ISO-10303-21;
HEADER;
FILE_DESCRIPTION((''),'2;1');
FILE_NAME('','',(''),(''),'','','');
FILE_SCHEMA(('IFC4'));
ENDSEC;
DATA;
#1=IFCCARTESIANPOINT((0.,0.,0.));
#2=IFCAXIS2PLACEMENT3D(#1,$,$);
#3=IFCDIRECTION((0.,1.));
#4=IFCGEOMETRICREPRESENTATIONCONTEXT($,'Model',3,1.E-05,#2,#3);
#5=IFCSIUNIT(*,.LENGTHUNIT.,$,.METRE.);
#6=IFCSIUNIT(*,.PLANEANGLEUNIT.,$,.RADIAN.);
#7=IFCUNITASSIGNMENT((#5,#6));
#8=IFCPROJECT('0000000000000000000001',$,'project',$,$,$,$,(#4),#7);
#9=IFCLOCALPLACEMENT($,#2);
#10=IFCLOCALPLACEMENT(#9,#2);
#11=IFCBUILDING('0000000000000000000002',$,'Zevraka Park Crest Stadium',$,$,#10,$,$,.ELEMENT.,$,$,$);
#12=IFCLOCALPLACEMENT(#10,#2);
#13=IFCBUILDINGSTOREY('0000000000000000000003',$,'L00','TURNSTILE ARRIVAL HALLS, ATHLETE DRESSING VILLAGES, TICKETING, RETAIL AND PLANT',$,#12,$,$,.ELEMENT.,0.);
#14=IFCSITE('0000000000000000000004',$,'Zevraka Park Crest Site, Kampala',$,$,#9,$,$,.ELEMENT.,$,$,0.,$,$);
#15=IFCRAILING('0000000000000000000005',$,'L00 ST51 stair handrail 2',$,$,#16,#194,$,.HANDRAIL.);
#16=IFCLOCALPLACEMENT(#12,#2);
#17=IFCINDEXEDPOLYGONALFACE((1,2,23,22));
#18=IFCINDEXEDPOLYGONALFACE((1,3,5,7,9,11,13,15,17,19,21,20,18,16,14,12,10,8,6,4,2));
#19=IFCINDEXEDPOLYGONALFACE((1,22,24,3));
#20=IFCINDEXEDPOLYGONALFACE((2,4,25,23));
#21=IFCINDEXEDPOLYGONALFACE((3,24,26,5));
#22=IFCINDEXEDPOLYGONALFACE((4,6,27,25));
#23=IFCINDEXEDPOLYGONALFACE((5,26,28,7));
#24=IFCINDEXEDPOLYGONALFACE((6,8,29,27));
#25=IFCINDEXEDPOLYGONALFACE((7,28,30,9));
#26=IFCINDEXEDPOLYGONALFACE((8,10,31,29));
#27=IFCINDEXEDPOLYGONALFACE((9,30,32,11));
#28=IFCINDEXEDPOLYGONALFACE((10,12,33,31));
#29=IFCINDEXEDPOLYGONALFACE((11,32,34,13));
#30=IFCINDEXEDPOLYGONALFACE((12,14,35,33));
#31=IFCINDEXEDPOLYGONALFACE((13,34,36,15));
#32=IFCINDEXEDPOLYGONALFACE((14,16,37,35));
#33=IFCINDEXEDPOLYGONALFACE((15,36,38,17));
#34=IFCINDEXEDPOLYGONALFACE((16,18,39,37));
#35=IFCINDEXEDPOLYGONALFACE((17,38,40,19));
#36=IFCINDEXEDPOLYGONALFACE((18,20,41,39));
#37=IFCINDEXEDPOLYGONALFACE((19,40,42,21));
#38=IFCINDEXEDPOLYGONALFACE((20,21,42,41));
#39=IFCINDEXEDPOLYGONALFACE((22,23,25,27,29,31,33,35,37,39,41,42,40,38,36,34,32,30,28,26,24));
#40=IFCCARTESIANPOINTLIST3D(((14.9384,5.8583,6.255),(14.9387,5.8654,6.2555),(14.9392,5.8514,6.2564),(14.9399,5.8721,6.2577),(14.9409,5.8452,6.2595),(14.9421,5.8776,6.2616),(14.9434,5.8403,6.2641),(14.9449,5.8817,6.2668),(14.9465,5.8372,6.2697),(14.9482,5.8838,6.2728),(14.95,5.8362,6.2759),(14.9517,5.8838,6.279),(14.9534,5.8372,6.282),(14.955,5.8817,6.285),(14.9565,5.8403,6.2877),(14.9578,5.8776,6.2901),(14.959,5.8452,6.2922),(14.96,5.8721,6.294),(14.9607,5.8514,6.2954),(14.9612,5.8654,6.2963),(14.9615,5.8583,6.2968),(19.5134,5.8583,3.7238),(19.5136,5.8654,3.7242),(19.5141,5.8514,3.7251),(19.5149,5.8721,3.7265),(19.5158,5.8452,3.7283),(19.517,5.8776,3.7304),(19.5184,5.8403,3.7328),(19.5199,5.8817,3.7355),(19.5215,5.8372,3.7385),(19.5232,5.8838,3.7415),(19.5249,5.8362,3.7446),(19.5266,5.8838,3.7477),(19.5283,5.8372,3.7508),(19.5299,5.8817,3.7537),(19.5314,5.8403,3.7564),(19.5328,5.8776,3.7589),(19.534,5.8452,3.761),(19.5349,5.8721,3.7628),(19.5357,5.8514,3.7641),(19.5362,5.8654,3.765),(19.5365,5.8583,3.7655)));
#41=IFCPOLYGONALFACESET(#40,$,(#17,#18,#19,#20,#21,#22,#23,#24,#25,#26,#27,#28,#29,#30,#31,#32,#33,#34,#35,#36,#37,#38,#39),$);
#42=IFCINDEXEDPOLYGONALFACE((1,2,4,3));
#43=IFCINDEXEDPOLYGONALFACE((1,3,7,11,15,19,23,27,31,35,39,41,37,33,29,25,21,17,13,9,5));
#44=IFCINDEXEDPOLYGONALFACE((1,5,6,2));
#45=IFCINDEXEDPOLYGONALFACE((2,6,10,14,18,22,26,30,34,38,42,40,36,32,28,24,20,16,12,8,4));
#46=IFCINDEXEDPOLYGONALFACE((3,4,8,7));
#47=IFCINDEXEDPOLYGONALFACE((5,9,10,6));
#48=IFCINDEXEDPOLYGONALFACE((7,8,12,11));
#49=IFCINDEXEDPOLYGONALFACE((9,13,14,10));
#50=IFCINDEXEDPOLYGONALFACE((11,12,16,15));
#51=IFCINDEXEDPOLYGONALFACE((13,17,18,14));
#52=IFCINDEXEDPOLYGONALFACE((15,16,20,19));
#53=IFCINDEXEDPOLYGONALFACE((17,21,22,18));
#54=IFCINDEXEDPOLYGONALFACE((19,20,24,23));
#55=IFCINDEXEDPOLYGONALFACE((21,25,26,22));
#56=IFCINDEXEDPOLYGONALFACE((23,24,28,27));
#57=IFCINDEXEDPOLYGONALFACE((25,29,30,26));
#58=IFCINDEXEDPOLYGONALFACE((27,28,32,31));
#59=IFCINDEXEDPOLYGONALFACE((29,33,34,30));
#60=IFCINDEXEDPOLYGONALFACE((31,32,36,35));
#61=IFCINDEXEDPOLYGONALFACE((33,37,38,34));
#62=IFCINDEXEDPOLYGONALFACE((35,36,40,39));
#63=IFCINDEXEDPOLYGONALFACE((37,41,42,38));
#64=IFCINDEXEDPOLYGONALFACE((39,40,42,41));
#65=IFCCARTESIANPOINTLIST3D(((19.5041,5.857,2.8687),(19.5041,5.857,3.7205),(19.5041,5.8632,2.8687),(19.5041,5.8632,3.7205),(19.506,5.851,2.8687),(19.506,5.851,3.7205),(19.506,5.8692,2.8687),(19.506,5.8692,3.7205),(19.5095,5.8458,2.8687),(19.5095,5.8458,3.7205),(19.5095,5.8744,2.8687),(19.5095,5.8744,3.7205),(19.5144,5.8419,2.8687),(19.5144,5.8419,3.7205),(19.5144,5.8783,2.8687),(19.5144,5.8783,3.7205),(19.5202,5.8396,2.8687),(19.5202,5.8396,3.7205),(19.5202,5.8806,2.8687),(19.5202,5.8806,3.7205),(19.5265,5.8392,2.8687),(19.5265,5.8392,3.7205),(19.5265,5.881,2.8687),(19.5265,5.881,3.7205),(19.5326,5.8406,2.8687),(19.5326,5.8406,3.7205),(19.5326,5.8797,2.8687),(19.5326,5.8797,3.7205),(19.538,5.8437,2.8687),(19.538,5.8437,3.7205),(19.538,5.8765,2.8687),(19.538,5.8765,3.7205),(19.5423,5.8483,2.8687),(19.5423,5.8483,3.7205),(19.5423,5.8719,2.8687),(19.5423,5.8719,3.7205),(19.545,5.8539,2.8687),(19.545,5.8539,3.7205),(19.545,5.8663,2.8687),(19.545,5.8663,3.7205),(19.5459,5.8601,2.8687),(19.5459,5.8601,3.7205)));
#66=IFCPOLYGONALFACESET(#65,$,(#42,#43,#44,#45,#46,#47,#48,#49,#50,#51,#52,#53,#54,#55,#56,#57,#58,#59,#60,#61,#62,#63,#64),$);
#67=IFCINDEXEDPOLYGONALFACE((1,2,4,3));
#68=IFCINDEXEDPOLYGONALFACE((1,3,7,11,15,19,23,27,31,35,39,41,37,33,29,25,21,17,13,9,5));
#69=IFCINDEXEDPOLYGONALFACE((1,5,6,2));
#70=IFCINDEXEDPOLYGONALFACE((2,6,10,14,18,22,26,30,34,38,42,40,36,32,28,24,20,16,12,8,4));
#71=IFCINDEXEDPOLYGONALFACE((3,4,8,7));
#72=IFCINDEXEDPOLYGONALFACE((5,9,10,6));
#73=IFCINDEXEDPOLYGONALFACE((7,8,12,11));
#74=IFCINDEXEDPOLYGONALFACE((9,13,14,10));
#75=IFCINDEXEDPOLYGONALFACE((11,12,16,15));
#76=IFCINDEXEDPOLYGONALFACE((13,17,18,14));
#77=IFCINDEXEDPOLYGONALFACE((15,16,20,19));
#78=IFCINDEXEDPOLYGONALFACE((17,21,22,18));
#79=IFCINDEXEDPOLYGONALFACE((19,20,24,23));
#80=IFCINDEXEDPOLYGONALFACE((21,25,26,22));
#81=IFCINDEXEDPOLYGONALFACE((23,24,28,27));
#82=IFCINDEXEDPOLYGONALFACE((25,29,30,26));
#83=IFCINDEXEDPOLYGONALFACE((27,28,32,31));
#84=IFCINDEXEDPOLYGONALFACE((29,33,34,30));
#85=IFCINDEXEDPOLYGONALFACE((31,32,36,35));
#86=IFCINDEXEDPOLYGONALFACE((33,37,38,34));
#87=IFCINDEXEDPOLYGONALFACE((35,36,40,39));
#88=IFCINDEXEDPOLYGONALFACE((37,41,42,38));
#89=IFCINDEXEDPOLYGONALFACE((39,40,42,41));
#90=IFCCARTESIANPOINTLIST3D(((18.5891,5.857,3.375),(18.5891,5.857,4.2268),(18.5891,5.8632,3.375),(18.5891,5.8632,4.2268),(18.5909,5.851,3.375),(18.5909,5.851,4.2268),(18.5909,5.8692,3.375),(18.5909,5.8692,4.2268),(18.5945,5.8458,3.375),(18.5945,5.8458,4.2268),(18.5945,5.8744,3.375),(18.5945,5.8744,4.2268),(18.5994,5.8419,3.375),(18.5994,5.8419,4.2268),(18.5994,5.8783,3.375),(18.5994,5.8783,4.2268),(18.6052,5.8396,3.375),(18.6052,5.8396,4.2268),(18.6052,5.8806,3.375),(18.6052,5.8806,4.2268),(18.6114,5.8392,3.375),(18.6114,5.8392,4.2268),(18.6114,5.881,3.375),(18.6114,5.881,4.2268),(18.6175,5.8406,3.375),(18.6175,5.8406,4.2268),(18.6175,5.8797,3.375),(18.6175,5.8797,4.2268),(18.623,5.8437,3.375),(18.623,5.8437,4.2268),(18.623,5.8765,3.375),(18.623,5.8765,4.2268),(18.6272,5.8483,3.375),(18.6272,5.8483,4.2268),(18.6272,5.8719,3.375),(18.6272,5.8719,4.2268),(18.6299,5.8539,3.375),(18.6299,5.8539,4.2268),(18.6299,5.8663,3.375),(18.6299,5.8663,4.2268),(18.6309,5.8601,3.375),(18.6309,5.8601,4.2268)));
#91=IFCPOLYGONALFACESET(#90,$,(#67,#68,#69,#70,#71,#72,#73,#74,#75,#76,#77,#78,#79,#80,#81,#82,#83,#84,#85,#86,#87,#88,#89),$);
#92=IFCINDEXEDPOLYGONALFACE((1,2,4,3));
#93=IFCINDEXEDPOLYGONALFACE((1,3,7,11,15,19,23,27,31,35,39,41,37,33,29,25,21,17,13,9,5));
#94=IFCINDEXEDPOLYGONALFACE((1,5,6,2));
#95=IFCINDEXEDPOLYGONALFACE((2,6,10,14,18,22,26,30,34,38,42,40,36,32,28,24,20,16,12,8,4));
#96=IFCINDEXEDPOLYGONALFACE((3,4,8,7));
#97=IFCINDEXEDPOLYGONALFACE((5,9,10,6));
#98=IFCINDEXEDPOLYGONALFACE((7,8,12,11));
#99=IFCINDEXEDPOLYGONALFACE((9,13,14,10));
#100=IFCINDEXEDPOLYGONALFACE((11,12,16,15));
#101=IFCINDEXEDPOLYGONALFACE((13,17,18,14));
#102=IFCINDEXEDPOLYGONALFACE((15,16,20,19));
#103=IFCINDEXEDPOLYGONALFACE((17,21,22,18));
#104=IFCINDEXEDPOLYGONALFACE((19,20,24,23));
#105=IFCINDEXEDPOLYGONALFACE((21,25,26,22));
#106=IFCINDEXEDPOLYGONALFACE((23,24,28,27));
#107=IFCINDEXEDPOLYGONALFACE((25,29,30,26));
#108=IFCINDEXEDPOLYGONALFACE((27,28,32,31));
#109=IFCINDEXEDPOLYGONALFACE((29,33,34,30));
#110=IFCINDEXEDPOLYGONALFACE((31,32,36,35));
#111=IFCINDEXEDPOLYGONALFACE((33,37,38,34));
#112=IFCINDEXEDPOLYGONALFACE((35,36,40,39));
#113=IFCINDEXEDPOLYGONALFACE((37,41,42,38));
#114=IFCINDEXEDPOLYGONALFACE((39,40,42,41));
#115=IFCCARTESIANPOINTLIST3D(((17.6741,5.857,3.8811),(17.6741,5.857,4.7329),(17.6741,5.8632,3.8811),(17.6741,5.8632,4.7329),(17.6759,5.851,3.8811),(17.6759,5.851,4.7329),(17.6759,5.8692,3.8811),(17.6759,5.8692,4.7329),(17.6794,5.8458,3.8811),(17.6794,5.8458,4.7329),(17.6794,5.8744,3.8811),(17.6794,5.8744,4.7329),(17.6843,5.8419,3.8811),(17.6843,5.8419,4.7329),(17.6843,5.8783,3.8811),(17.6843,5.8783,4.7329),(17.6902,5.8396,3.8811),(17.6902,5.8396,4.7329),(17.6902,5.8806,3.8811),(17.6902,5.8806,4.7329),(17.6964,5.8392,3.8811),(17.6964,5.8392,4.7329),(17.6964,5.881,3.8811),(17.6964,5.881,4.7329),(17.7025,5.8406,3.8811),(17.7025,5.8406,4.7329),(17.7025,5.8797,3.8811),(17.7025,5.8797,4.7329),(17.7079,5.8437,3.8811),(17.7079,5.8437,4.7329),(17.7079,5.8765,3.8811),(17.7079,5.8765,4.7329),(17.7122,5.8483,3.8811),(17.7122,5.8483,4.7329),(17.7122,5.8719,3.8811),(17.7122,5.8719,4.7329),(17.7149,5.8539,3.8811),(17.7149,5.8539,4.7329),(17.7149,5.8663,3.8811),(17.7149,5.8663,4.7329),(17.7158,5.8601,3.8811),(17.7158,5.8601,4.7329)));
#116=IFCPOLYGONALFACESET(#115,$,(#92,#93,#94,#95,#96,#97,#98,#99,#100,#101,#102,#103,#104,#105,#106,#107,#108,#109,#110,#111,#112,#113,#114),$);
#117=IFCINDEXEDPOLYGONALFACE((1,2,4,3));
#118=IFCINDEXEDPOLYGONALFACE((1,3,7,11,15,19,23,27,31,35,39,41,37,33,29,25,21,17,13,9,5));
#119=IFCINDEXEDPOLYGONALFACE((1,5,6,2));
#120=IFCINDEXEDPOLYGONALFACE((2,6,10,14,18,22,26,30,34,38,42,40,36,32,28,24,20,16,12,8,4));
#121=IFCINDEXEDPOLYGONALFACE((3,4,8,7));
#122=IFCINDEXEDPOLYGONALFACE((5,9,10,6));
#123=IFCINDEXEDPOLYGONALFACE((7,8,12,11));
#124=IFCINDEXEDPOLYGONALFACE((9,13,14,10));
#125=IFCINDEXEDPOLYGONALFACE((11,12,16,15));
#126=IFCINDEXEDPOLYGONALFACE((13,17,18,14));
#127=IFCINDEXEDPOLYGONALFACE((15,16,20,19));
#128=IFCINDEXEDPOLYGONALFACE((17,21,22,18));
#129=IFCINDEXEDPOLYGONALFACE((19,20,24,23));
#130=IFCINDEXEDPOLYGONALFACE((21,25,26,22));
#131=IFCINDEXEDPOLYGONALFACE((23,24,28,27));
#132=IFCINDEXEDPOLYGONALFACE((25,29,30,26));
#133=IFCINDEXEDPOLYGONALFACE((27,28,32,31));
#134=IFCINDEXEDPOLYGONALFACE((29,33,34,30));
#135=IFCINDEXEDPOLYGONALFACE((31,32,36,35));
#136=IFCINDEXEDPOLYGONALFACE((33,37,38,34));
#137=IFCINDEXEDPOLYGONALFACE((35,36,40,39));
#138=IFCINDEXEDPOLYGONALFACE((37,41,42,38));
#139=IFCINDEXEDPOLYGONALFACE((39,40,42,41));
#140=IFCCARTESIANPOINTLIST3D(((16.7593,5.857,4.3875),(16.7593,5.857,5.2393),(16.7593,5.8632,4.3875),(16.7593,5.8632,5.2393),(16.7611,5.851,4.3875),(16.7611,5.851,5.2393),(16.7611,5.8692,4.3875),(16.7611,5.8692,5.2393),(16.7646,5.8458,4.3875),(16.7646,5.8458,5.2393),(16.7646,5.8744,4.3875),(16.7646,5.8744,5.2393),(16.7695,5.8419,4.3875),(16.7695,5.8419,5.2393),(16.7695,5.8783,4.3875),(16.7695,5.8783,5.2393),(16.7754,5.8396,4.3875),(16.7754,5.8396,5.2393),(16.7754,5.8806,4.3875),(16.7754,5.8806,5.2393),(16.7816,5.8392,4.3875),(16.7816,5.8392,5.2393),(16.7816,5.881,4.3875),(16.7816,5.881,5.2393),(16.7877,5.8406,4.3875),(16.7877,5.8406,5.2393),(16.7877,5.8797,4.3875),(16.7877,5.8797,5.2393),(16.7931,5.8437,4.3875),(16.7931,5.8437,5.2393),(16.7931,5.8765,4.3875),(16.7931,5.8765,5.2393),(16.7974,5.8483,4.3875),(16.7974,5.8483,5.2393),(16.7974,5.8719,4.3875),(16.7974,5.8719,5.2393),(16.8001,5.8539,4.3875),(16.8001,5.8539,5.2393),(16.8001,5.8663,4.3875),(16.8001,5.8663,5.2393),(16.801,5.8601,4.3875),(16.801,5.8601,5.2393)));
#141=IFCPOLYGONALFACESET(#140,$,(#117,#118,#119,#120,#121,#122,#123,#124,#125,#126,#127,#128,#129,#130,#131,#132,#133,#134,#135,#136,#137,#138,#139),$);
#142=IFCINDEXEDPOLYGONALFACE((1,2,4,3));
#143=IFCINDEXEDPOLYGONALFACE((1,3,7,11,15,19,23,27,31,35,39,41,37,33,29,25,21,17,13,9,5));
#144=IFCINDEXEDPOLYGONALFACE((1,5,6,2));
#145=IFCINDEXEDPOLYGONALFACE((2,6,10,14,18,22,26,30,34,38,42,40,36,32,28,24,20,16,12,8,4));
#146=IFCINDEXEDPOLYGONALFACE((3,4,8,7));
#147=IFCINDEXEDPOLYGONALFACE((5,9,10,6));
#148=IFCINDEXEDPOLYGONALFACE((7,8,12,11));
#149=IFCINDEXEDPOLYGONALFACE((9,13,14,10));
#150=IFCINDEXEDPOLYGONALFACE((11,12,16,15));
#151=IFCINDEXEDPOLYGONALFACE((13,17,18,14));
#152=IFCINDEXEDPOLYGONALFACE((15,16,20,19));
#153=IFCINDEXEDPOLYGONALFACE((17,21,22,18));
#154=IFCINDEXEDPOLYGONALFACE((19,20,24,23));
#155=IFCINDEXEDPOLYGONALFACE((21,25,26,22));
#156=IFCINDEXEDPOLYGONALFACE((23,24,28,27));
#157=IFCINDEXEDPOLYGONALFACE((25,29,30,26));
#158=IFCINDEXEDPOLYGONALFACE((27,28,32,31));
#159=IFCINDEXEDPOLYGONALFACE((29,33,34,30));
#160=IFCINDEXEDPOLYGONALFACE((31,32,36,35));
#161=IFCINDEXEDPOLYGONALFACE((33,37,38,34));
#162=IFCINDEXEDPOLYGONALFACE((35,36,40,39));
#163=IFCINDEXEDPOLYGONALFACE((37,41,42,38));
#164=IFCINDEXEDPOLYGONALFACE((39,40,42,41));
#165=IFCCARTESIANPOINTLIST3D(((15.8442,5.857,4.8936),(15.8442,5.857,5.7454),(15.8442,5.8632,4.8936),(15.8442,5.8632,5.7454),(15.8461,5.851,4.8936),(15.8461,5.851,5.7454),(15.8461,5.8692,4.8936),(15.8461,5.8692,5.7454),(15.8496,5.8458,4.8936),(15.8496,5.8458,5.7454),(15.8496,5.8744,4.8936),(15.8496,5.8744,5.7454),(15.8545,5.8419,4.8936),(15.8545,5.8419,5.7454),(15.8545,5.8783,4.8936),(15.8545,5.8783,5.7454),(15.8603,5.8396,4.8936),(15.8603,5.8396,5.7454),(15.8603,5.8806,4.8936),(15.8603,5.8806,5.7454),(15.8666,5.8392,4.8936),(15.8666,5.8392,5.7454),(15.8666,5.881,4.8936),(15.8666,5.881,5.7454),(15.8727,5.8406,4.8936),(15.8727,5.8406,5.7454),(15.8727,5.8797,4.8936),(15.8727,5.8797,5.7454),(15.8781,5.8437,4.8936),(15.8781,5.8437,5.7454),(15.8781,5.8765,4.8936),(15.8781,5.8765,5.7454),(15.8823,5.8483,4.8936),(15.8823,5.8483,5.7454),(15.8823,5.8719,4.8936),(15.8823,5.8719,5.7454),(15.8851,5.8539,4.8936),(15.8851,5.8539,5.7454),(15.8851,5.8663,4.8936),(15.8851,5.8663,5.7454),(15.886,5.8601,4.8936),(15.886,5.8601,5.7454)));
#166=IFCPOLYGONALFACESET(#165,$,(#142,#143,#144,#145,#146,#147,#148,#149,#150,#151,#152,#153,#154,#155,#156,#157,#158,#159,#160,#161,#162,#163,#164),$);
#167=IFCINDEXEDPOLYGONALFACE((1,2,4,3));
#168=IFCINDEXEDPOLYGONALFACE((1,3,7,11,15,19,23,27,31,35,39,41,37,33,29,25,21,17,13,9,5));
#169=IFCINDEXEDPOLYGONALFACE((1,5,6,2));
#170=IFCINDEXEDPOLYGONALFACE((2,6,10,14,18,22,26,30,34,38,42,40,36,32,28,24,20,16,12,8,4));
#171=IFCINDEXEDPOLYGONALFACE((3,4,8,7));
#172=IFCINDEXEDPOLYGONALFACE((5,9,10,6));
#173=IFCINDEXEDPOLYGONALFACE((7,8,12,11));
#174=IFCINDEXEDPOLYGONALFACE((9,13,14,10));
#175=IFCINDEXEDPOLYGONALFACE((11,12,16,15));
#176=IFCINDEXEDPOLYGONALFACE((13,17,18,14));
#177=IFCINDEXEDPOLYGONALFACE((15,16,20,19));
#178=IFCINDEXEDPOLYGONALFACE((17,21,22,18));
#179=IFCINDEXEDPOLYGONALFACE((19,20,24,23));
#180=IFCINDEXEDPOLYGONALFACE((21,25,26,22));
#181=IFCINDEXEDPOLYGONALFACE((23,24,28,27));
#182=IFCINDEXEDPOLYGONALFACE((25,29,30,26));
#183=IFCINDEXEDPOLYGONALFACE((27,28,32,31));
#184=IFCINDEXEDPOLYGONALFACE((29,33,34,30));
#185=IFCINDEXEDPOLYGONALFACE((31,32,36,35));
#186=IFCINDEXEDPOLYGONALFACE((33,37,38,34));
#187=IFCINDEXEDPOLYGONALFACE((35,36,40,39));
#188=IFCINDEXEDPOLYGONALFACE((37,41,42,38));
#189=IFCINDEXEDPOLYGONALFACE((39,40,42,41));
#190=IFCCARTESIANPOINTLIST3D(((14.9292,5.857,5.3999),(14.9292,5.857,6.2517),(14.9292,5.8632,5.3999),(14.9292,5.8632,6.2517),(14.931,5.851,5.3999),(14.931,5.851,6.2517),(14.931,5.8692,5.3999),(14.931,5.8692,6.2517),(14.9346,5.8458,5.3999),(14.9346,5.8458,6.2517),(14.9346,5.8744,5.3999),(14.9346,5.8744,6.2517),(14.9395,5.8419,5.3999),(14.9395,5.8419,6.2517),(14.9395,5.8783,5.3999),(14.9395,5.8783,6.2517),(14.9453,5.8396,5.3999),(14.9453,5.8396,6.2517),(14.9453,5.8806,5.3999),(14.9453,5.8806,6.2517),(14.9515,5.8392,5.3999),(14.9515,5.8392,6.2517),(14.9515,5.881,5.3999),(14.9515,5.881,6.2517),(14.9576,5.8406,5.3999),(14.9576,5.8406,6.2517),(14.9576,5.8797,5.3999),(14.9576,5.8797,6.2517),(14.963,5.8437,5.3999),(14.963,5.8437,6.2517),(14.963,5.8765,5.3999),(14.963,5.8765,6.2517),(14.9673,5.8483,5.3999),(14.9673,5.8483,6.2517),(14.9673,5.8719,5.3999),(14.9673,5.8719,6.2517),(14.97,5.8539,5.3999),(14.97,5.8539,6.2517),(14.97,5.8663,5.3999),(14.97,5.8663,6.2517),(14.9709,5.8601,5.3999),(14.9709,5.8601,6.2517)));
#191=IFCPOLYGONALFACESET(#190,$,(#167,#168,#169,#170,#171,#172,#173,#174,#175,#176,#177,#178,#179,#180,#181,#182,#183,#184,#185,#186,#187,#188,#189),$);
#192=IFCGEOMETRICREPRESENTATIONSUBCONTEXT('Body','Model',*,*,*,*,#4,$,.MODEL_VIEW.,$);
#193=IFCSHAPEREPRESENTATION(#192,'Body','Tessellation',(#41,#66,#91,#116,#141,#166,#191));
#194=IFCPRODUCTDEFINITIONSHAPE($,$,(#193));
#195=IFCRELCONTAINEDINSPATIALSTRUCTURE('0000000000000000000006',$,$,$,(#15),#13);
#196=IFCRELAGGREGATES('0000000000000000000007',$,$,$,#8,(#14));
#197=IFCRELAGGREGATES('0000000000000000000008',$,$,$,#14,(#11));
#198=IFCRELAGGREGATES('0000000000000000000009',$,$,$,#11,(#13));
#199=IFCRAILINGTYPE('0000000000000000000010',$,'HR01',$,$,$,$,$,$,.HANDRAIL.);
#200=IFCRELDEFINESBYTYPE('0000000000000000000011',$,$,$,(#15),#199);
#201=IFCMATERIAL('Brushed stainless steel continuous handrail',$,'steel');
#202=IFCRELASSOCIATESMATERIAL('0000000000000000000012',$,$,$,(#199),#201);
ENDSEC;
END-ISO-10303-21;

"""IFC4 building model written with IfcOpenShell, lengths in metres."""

from ifc_helpers import new_model, si_unit, direction, frame, origin, origin_2d, place, context, subcontext, project, spatial, circle, extrude, material, type_object, element, save


model = new_model("IFC4")

# Units and contexts
model_context = context("Model", 3, precision=1e-05, world=origin(), true_north=direction((0.0, 1.0)))
body_context = subcontext(model_context, "Body", "Model", "MODEL_VIEW")
ifc_project = project(units=[si_unit("LENGTHUNIT", "METRE"), si_unit("PLANEANGLEUNIT", "RADIAN")], contexts=[model_context])

# Site, building, storey
site_placement = place(None, origin())
site = spatial("IfcSite", under=ifc_project, at=site_placement, Name="Zevraka Park Crest Site, Kampala", CompositionType="ELEMENT", RefElevation=0.0)
building_placement = place(site_placement, origin())
building = spatial("IfcBuilding", under=site, at=building_placement, Name="Zevraka Park Crest Stadium", CompositionType="ELEMENT")
storey_placement = place(building_placement, origin())
storey = spatial("IfcBuildingStorey", under=building, at=storey_placement, Name="L00", Description="TURNSTILE ARRIVAL HALLS, ATHLETE DRESSING VILLAGES, TICKETING, RETAIL AND PLANT", CompositionType="ELEMENT", Elevation=0.0)

# Railing
ifc_material_1 = material(Name="Brushed stainless steel continuous handrail", Category="steel")
railing_type_1 = type_object("IfcRailingType", Name="HR01", PredefinedType="HANDRAIL", material=ifc_material_1)
railing_1_placement = place(storey_placement, frame((19.5249, 5.8601, 2.8687)))
element("IfcRailing", 1, at=railing_1_placement, inside=storey, type_object=railing_type_1, Name="L00 ST51 stair handrail 2", PredefinedType="HANDRAIL", context=body_context, shape_type="SweptSolid", body=[
    extrude(circle(Radius=0.0239, at=origin_2d()), frame((0.0, 0.0, 0.876), z_axis=(-0.875, 0.0, 0.484124), x_axis=(0.0, -1.0, 0.0)), (0.0, 0.0, 1.0), 5.2285),
    extrude(circle(Radius=0.021, at=origin_2d()), origin(), (0.0, 0.0, 1.0), 0.8518),
    extrude(circle(Radius=0.021, at=origin_2d()), frame((-0.915, 0.0, 0.5063)), (0.0, 0.0, 1.0), 0.8518),
    extrude(circle(Radius=0.021, at=origin_2d()), frame((-1.8301, 0.0, 1.0125)), (0.0, 0.0, 1.0), 0.8518),
    extrude(circle(Radius=0.021, at=origin_2d()), frame((-2.7449, 0.0, 1.5188)), (0.0, 0.0, 1.0), 0.8518),
    extrude(circle(Radius=0.021, at=origin_2d()), frame((-3.6599, 0.0, 2.0249)), (0.0, 0.0, 1.0), 0.8518),
    extrude(circle(Radius=0.021, at=origin_2d()), frame((-4.575, 0.0, 2.5312)), (0.0, 0.0, 1.0), 0.8518),
])

save(model, "model.ifc")
